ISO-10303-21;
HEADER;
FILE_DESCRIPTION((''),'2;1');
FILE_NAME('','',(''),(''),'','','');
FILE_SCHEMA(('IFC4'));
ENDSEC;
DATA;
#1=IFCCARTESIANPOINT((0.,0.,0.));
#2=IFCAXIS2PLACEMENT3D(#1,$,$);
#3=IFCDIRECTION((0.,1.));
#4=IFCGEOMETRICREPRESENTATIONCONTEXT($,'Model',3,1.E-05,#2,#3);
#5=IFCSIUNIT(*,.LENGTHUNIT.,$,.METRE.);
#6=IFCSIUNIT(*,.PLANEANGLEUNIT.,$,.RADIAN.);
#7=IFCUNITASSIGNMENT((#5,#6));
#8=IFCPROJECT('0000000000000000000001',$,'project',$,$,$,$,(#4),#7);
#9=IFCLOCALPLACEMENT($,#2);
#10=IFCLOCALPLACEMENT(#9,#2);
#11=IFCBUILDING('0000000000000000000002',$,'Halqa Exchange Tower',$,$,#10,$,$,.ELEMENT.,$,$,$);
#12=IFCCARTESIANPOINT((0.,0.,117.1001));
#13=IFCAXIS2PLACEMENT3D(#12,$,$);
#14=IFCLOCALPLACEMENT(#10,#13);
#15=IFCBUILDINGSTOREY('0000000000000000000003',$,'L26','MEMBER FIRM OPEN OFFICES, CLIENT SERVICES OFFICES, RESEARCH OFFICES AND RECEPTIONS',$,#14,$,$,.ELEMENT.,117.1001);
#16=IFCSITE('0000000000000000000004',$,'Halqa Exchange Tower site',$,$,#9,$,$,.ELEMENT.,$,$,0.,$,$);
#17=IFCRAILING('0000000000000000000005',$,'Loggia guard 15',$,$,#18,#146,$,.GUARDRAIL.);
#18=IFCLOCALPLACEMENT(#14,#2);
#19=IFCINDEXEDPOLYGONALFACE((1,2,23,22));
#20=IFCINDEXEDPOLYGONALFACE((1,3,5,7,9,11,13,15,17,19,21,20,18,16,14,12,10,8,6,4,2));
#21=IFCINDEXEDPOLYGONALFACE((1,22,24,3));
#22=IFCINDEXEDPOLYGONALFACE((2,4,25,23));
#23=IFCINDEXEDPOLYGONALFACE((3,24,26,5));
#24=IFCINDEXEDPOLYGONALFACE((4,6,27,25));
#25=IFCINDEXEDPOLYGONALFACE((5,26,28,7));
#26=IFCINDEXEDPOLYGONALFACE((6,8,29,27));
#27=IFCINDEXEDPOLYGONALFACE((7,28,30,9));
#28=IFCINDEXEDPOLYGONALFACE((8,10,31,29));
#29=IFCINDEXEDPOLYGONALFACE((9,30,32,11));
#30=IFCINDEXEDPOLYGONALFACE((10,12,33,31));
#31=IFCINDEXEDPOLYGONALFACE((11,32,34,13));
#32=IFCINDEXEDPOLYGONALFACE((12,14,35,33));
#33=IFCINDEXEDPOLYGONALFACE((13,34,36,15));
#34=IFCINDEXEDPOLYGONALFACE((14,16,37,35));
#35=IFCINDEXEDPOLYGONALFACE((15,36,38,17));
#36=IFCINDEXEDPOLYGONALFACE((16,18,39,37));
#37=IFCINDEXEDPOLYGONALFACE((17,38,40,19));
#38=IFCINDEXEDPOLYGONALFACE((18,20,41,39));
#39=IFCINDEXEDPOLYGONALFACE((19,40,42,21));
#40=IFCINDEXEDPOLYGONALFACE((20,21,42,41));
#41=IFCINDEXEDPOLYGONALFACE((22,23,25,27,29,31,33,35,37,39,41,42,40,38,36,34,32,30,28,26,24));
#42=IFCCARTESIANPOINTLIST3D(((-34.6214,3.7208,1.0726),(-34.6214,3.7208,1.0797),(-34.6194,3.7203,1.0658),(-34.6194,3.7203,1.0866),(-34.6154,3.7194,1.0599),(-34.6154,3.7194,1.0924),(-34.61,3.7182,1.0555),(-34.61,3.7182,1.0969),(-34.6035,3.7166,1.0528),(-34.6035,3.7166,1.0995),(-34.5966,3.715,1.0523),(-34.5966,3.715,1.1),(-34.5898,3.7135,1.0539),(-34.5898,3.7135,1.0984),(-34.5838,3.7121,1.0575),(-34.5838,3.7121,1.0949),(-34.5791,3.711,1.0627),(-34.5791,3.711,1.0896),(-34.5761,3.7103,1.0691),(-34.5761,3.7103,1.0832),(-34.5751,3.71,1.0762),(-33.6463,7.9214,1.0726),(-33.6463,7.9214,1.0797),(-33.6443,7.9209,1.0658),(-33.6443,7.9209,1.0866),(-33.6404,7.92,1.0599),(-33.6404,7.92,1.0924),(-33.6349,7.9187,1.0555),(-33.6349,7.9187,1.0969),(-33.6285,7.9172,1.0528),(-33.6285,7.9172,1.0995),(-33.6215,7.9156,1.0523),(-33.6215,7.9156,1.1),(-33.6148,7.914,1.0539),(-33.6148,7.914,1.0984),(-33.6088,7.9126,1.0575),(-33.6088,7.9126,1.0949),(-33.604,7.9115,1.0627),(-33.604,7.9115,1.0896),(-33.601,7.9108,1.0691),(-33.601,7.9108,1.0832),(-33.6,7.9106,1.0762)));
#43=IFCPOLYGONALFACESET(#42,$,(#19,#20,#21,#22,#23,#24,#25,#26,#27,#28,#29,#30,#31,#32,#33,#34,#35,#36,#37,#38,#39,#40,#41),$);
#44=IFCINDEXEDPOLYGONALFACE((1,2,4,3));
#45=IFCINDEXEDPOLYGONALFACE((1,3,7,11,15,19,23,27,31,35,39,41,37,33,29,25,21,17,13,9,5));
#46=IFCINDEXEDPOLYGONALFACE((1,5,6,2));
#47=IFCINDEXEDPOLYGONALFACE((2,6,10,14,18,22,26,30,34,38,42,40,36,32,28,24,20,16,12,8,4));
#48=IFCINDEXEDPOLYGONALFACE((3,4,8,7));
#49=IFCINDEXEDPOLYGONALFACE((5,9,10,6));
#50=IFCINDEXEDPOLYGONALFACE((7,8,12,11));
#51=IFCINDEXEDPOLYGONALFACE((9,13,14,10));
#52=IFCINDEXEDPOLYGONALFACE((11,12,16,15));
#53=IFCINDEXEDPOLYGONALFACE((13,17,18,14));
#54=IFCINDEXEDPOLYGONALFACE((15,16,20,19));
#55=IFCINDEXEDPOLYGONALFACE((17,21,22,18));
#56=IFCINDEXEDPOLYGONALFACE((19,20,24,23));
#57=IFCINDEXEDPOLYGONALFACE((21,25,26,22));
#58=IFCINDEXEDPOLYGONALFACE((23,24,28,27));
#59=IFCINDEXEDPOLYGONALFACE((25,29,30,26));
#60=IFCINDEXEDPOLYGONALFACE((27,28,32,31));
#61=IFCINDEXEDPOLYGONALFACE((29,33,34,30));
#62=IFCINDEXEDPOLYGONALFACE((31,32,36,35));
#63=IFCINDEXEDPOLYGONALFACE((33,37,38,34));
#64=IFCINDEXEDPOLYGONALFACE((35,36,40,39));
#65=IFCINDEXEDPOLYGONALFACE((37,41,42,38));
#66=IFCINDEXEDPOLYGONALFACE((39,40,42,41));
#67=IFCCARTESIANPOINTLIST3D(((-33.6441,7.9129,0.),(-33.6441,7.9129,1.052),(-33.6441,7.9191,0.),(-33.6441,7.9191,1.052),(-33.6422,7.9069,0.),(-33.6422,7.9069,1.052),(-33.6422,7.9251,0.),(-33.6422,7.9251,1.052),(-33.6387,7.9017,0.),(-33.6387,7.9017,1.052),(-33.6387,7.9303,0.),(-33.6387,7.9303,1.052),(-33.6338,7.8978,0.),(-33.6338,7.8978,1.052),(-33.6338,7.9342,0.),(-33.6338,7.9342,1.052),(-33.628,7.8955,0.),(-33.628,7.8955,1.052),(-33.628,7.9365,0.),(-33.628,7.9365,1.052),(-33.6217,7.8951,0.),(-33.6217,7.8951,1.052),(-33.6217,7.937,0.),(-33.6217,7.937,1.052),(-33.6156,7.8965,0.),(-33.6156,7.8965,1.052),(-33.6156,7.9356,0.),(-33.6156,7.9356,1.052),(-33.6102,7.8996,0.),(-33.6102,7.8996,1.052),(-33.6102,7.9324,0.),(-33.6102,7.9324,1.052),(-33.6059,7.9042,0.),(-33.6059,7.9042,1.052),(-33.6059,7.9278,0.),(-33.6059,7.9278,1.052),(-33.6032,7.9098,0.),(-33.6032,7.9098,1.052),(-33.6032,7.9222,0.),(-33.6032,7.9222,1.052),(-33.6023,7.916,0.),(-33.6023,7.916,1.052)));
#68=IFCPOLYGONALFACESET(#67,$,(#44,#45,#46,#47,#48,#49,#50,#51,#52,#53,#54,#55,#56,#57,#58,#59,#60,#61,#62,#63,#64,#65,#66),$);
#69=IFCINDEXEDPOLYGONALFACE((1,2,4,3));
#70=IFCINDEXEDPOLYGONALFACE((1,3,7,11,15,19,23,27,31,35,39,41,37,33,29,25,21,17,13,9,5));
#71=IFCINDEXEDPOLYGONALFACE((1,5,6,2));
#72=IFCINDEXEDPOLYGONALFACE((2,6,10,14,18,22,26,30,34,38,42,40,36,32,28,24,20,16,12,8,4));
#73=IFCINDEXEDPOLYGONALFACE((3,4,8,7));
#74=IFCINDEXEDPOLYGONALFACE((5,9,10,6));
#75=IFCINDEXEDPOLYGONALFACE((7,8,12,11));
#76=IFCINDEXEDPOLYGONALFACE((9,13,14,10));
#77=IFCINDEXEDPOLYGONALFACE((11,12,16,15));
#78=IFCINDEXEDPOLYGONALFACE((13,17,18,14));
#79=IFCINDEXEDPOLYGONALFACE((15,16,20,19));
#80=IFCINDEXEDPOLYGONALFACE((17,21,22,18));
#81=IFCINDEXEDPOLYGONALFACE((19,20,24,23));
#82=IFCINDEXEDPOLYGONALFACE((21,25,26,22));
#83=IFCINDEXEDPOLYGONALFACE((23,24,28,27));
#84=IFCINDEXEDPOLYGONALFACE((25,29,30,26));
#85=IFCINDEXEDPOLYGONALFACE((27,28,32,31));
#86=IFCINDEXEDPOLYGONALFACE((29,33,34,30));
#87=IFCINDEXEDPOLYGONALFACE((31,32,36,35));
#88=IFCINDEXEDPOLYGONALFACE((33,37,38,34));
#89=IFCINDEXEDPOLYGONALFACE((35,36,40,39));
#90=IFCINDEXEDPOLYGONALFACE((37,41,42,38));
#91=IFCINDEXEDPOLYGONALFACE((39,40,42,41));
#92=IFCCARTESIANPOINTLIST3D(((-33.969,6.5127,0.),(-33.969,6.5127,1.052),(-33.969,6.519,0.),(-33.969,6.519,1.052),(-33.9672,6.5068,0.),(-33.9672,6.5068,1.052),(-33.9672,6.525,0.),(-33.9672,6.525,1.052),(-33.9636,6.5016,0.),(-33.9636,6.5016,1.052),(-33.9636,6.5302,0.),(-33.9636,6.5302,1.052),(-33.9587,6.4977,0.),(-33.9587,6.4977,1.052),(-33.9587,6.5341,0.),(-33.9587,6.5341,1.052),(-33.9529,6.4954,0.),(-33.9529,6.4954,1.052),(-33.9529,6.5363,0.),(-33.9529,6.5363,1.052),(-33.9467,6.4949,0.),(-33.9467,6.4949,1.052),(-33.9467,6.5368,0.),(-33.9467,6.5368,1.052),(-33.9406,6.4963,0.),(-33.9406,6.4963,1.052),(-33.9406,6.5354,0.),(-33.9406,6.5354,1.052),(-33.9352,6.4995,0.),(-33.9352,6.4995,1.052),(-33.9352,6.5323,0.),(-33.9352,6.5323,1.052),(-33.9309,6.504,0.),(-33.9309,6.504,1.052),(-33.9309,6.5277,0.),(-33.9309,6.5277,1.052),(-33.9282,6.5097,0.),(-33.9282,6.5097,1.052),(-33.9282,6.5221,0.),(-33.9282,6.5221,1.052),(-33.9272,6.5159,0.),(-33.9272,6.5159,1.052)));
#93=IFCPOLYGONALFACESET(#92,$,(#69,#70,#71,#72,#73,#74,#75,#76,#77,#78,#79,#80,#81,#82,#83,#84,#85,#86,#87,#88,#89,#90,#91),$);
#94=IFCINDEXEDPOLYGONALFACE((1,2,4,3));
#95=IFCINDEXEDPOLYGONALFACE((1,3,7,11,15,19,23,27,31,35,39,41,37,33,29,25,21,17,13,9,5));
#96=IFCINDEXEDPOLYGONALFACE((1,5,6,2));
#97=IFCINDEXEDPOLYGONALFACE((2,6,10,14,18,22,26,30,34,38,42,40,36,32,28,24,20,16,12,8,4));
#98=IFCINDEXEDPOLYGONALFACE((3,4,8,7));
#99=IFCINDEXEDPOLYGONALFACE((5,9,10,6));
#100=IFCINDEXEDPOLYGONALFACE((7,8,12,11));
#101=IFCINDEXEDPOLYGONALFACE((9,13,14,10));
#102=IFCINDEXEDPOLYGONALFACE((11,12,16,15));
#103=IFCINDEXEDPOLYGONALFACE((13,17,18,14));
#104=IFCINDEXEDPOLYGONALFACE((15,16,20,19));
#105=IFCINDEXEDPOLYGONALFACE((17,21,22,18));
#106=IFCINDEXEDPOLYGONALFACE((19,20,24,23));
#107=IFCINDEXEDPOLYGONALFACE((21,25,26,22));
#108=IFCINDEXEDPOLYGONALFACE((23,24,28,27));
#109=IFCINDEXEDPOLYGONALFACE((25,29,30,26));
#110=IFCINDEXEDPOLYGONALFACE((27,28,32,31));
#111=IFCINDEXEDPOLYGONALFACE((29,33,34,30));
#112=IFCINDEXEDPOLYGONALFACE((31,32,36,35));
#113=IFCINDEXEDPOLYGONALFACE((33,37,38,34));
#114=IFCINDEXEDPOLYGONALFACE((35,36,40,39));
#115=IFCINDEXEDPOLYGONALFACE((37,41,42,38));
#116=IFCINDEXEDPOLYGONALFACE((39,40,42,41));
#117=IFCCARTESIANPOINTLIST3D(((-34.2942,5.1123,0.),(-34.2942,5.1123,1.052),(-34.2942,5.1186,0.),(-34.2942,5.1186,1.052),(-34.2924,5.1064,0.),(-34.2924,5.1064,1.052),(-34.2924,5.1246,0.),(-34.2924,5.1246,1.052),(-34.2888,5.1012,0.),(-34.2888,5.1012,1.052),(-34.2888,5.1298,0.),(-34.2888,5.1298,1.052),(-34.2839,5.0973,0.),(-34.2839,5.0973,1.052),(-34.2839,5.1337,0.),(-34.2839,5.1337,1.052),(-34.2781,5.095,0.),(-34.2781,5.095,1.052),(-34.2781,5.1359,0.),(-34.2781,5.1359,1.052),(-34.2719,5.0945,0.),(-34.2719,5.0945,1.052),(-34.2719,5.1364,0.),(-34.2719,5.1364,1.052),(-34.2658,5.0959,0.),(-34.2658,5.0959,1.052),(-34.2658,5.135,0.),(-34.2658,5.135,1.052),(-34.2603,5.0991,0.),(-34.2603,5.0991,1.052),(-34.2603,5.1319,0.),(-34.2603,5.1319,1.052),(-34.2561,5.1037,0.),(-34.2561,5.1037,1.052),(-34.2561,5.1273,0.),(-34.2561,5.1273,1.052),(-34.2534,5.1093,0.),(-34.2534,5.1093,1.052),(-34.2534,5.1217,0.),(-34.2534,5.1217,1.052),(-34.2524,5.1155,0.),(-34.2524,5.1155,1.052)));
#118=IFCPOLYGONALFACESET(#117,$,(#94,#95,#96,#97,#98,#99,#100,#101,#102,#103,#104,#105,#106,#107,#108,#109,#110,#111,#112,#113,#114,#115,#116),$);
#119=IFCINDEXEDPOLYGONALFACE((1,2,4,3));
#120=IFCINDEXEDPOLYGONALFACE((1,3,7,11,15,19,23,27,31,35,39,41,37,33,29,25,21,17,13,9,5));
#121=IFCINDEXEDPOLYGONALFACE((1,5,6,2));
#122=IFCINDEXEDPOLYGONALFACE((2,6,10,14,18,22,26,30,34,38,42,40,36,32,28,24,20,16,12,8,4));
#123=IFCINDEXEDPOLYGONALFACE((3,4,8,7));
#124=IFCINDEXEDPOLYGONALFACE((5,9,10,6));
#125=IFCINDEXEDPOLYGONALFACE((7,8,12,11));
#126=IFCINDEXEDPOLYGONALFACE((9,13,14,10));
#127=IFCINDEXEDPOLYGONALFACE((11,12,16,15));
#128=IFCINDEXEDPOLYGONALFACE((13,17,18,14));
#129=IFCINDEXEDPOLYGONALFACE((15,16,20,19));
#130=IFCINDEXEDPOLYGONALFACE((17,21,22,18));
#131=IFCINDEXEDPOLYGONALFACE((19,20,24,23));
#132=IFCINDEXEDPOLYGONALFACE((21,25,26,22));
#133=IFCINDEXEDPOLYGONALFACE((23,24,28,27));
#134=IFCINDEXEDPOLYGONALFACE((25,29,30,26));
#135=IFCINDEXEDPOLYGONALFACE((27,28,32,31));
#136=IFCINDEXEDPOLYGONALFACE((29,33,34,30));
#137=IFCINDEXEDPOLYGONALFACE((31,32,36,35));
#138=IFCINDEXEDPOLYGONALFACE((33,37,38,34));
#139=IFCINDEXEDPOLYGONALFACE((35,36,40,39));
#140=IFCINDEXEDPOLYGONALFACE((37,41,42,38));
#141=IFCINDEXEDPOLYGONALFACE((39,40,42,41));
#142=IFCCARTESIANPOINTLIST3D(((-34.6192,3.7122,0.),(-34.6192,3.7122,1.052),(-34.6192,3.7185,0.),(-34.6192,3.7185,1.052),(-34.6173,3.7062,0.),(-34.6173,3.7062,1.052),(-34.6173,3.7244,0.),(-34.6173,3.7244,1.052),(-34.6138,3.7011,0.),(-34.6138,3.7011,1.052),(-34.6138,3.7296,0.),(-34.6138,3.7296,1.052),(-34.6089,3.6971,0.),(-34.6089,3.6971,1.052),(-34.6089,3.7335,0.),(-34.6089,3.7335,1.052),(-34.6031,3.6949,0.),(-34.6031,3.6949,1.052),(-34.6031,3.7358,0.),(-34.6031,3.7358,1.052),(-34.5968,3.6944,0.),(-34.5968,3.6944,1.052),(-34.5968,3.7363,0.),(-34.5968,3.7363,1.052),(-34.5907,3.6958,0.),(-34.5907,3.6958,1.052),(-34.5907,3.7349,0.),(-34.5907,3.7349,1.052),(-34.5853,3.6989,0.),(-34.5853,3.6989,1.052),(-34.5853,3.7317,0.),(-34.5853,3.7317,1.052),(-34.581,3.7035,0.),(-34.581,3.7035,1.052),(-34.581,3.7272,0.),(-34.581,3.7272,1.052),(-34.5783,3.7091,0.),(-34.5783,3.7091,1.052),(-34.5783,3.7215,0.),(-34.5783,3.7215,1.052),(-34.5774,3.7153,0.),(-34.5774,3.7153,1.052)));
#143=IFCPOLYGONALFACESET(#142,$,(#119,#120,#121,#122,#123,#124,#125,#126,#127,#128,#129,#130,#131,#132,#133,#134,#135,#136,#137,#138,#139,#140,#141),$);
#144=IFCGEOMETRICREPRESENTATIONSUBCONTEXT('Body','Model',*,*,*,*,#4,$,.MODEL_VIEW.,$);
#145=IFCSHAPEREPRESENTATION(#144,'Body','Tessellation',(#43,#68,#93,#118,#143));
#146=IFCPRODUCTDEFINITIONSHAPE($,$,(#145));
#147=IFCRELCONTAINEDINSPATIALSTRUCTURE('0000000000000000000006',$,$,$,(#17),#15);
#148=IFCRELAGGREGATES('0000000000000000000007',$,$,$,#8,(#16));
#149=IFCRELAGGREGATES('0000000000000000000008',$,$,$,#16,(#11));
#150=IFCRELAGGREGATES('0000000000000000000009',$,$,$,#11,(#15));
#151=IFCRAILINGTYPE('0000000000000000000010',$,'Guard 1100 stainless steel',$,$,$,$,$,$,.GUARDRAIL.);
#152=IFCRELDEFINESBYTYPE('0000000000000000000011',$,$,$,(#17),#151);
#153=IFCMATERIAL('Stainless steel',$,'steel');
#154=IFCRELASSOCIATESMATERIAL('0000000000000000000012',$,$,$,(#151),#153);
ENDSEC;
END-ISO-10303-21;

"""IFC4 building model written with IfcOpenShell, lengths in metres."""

from ifc_helpers import new_model, si_unit, direction, frame, origin, origin_2d, place, context, subcontext, project, spatial, circle, extrude, material, type_object, element, save


model = new_model("IFC4")

# Units and contexts
model_context = context("Model", 3, precision=1e-05, world=origin(), true_north=direction((0.0, 1.0)))
body_context = subcontext(model_context, "Body", "Model", "MODEL_VIEW")
ifc_project = project(units=[si_unit("LENGTHUNIT", "METRE"), si_unit("PLANEANGLEUNIT", "RADIAN")], contexts=[model_context])

# Site, building, storey
site_placement = place(None, origin())
site = spatial("IfcSite", under=ifc_project, at=site_placement, Name="Halqa Exchange Tower site", CompositionType="ELEMENT", RefElevation=0.0)
building_placement = place(site_placement, origin())
building = spatial("IfcBuilding", under=site, at=building_placement, Name="Halqa Exchange Tower", CompositionType="ELEMENT")
storey_placement = place(building_placement, frame((0.0, 0.0, 117.1001)))
storey = spatial("IfcBuildingStorey", under=building, at=storey_placement, Name="L26", Description="MEMBER FIRM OPEN OFFICES, CLIENT SERVICES OFFICES, RESEARCH OFFICES AND RECEPTIONS", CompositionType="ELEMENT", Elevation=117.1001)

# Railing
ifc_material_1 = material(Name="Stainless steel", Category="steel")
railing_type = type_object("IfcRailingType", Name="Guard 1100 stainless steel", PredefinedType="GUARDRAIL", material=ifc_material_1)
railing_1_placement = place(storey_placement, frame((-33.6233, 7.916, 0.0)))
element("IfcRailing", 1, at=railing_1_placement, inside=storey, type_object=railing_type, Name="Loggia guard 15", PredefinedType="GUARDRAIL", context=body_context, shape_type="SweptSolid", body=[
    extrude(circle(Radius=0.0239, at=origin_2d()), frame((0.0, 0.0, 1.0762), z_axis=(-0.226116, -0.9741, 0.0), x_axis=(0.9741, -0.226116, 0.0)), (0.0, 0.0, 1.0), 4.3123),
    extrude(circle(Radius=0.021, at=origin_2d()), origin(), (0.0, 0.0, 1.0), 1.052),
    extrude(circle(Radius=0.021, at=origin_2d()), frame((-0.325, -1.4001, 0.0)), (0.0, 0.0, 1.0), 1.052),
    extrude(circle(Radius=0.021, at=origin_2d()), frame((-0.6501, -2.8005, 0.0)), (0.0, 0.0, 1.0), 1.052),
    extrude(circle(Radius=0.021, at=origin_2d()), frame((-0.9751, -4.2007, 0.0)), (0.0, 0.0, 1.0), 1.052),
])

save(model, "model.ifc")
